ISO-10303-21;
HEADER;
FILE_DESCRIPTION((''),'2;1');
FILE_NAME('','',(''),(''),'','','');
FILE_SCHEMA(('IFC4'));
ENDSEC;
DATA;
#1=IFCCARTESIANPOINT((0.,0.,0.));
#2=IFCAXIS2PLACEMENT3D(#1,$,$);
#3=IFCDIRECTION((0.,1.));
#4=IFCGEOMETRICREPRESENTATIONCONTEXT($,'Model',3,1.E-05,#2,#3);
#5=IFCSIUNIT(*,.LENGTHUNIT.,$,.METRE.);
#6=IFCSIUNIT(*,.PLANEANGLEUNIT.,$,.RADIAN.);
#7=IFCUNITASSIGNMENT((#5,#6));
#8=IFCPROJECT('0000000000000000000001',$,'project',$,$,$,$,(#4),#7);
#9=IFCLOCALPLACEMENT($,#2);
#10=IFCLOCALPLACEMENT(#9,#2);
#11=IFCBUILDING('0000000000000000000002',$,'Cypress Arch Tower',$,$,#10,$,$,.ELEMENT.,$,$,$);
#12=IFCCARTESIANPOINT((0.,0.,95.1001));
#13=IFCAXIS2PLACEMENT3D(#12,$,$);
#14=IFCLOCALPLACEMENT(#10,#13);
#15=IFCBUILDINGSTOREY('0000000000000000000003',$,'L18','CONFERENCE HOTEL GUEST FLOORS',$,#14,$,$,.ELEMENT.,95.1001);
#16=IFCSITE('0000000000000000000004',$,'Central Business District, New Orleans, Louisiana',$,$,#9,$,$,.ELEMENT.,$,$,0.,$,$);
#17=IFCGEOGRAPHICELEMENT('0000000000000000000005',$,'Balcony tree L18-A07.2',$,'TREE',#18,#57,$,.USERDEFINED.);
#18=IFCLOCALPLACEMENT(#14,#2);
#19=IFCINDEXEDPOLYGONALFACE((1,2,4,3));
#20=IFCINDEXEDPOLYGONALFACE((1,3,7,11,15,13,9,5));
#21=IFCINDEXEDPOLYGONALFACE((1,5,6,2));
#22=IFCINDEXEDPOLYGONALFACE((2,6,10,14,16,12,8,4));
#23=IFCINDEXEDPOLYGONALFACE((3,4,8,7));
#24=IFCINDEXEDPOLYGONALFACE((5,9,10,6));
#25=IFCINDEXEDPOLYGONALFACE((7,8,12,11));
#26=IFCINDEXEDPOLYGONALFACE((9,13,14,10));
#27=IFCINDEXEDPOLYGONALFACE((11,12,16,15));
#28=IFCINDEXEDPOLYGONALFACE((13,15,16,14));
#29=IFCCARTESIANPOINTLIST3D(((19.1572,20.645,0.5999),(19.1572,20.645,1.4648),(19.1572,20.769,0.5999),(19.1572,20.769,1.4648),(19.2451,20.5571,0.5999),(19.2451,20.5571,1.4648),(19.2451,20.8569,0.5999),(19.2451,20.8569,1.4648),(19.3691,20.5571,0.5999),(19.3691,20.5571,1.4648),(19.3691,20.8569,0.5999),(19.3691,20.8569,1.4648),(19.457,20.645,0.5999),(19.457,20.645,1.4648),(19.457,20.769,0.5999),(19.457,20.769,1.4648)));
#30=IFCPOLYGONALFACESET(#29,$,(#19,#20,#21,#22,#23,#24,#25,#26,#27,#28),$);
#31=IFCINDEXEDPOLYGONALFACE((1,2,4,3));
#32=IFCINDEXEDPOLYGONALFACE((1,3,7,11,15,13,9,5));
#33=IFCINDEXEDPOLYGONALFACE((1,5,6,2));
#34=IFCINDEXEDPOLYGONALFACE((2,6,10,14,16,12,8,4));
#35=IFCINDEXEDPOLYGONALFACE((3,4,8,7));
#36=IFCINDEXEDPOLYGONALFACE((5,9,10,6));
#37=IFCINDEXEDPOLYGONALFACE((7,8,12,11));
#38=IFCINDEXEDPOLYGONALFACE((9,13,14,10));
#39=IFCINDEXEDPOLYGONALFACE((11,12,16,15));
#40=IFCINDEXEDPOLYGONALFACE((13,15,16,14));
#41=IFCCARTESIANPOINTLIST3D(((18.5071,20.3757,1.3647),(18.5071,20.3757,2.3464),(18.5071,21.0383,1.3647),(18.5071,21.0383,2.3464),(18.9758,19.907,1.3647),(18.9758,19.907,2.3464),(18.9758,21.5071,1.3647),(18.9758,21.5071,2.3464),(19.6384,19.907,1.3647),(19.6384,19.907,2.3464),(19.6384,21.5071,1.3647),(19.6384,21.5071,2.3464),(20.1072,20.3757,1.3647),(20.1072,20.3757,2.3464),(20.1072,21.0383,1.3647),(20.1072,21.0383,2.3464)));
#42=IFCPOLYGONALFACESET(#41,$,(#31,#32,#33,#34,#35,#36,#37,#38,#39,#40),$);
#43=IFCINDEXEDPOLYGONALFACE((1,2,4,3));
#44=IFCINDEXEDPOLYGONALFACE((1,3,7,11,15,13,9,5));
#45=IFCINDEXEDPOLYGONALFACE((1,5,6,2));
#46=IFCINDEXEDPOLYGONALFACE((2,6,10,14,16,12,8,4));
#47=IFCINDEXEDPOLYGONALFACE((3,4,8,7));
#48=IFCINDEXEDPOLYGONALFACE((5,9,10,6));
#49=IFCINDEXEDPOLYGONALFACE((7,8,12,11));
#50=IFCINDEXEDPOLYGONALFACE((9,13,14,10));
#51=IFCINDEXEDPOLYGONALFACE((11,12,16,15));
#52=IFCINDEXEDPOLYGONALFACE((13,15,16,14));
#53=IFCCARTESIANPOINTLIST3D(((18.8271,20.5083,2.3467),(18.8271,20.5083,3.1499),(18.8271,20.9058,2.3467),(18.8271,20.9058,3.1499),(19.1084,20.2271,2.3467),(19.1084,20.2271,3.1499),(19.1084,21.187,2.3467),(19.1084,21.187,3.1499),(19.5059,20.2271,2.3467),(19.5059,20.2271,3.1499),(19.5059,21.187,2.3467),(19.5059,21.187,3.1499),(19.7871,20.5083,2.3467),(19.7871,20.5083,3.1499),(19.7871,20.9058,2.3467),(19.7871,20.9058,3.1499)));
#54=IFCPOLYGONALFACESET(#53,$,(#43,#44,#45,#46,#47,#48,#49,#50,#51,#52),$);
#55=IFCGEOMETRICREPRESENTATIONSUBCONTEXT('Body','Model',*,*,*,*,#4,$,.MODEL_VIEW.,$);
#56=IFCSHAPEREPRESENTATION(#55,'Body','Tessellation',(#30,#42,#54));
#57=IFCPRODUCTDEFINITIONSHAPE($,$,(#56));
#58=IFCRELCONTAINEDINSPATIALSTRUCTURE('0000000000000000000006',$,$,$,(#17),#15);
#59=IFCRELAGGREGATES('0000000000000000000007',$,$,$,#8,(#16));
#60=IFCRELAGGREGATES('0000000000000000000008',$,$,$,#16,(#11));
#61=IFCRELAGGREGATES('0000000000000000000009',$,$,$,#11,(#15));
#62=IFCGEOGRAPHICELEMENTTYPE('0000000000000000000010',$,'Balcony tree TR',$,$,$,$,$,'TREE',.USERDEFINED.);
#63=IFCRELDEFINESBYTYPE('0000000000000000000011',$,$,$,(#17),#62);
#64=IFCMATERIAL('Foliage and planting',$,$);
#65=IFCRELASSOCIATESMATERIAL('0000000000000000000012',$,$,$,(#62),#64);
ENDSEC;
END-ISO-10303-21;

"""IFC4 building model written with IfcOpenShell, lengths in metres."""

from ifc_helpers import new_model, si_unit, direction, frame, origin, place, context, subcontext, project, spatial, polyline, outline, extrude, material, type_object, element, save


model = new_model("IFC4")

# Units and contexts
model_context = context("Model", 3, precision=1e-05, world=origin(), true_north=direction((0.0, 1.0)))
body_context = subcontext(model_context, "Body", "Model", "MODEL_VIEW")
ifc_project = project(units=[si_unit("LENGTHUNIT", "METRE"), si_unit("PLANEANGLEUNIT", "RADIAN")], contexts=[model_context])

# Site, building, storey
site_placement = place(None, origin())
site = spatial("IfcSite", under=ifc_project, at=site_placement, Name="Central Business District, New Orleans, Louisiana", CompositionType="ELEMENT", RefElevation=0.0)
building_placement = place(site_placement, origin())
building = spatial("IfcBuilding", under=site, at=building_placement, Name="Cypress Arch Tower", CompositionType="ELEMENT")
storey_placement = place(building_placement, frame((0.0, 0.0, 95.1001)))
storey = spatial("IfcBuildingStorey", under=building, at=storey_placement, Name="L18", Description="CONFERENCE HOTEL GUEST FLOORS", CompositionType="ELEMENT", Elevation=95.1001)

# Geographic element
ifc_material_1 = material(Name="Foliage and planting")
geographic_element_type = type_object("IfcGeographicElementType", Name="Balcony tree TR", ElementType="TREE", PredefinedType="USERDEFINED", material=ifc_material_1)
geographic_element_placement = place(storey_placement, frame((19.3071, 20.707, 0.5999), z_axis=(0.0, 0.0, 1.0), x_axis=(1.0, 0.0, 0.0)))
element("IfcGeographicElement", 1, at=geographic_element_placement, inside=storey, type_object=geographic_element_type, Name="Balcony tree L18-A07.2", ObjectType="TREE", PredefinedType="USERDEFINED", context=body_context, shape_type="SweptSolid", body=[
    extrude(outline(polyline([(0.1499, 0.062), (0.062, 0.1499), (-0.062, 0.1499), (-0.1499, 0.062), (-0.1499, -0.062), (-0.062, -0.1499), (0.062, -0.1499), (0.1499, -0.062), (0.1499, 0.062)])), origin(), (0.0, 0.0, 1.0), 0.865),
    extrude(outline(polyline([(0.8, 0.3313), (0.3313, 0.8), (-0.3313, 0.8), (-0.8, 0.3313), (-0.8, -0.3313), (-0.3313, -0.8), (0.3313, -0.8), (0.8, -0.3313), (0.8, 0.3313)])), frame((0.0, 0.0, 0.7649)), (0.0, 0.0, 1.0), 0.9817),
    extrude(outline(polyline([(0.48, 0.1987), (0.1987, 0.48), (-0.1987, 0.48), (-0.48, 0.1987), (-0.48, -0.1987), (-0.1987, -0.48), (0.1987, -0.48), (0.48, -0.1987), (0.48, 0.1987)])), frame((0.0, 0.0, 1.7468)), (0.0, 0.0, 1.0), 0.8032),
])

save(model, "model.ifc")
